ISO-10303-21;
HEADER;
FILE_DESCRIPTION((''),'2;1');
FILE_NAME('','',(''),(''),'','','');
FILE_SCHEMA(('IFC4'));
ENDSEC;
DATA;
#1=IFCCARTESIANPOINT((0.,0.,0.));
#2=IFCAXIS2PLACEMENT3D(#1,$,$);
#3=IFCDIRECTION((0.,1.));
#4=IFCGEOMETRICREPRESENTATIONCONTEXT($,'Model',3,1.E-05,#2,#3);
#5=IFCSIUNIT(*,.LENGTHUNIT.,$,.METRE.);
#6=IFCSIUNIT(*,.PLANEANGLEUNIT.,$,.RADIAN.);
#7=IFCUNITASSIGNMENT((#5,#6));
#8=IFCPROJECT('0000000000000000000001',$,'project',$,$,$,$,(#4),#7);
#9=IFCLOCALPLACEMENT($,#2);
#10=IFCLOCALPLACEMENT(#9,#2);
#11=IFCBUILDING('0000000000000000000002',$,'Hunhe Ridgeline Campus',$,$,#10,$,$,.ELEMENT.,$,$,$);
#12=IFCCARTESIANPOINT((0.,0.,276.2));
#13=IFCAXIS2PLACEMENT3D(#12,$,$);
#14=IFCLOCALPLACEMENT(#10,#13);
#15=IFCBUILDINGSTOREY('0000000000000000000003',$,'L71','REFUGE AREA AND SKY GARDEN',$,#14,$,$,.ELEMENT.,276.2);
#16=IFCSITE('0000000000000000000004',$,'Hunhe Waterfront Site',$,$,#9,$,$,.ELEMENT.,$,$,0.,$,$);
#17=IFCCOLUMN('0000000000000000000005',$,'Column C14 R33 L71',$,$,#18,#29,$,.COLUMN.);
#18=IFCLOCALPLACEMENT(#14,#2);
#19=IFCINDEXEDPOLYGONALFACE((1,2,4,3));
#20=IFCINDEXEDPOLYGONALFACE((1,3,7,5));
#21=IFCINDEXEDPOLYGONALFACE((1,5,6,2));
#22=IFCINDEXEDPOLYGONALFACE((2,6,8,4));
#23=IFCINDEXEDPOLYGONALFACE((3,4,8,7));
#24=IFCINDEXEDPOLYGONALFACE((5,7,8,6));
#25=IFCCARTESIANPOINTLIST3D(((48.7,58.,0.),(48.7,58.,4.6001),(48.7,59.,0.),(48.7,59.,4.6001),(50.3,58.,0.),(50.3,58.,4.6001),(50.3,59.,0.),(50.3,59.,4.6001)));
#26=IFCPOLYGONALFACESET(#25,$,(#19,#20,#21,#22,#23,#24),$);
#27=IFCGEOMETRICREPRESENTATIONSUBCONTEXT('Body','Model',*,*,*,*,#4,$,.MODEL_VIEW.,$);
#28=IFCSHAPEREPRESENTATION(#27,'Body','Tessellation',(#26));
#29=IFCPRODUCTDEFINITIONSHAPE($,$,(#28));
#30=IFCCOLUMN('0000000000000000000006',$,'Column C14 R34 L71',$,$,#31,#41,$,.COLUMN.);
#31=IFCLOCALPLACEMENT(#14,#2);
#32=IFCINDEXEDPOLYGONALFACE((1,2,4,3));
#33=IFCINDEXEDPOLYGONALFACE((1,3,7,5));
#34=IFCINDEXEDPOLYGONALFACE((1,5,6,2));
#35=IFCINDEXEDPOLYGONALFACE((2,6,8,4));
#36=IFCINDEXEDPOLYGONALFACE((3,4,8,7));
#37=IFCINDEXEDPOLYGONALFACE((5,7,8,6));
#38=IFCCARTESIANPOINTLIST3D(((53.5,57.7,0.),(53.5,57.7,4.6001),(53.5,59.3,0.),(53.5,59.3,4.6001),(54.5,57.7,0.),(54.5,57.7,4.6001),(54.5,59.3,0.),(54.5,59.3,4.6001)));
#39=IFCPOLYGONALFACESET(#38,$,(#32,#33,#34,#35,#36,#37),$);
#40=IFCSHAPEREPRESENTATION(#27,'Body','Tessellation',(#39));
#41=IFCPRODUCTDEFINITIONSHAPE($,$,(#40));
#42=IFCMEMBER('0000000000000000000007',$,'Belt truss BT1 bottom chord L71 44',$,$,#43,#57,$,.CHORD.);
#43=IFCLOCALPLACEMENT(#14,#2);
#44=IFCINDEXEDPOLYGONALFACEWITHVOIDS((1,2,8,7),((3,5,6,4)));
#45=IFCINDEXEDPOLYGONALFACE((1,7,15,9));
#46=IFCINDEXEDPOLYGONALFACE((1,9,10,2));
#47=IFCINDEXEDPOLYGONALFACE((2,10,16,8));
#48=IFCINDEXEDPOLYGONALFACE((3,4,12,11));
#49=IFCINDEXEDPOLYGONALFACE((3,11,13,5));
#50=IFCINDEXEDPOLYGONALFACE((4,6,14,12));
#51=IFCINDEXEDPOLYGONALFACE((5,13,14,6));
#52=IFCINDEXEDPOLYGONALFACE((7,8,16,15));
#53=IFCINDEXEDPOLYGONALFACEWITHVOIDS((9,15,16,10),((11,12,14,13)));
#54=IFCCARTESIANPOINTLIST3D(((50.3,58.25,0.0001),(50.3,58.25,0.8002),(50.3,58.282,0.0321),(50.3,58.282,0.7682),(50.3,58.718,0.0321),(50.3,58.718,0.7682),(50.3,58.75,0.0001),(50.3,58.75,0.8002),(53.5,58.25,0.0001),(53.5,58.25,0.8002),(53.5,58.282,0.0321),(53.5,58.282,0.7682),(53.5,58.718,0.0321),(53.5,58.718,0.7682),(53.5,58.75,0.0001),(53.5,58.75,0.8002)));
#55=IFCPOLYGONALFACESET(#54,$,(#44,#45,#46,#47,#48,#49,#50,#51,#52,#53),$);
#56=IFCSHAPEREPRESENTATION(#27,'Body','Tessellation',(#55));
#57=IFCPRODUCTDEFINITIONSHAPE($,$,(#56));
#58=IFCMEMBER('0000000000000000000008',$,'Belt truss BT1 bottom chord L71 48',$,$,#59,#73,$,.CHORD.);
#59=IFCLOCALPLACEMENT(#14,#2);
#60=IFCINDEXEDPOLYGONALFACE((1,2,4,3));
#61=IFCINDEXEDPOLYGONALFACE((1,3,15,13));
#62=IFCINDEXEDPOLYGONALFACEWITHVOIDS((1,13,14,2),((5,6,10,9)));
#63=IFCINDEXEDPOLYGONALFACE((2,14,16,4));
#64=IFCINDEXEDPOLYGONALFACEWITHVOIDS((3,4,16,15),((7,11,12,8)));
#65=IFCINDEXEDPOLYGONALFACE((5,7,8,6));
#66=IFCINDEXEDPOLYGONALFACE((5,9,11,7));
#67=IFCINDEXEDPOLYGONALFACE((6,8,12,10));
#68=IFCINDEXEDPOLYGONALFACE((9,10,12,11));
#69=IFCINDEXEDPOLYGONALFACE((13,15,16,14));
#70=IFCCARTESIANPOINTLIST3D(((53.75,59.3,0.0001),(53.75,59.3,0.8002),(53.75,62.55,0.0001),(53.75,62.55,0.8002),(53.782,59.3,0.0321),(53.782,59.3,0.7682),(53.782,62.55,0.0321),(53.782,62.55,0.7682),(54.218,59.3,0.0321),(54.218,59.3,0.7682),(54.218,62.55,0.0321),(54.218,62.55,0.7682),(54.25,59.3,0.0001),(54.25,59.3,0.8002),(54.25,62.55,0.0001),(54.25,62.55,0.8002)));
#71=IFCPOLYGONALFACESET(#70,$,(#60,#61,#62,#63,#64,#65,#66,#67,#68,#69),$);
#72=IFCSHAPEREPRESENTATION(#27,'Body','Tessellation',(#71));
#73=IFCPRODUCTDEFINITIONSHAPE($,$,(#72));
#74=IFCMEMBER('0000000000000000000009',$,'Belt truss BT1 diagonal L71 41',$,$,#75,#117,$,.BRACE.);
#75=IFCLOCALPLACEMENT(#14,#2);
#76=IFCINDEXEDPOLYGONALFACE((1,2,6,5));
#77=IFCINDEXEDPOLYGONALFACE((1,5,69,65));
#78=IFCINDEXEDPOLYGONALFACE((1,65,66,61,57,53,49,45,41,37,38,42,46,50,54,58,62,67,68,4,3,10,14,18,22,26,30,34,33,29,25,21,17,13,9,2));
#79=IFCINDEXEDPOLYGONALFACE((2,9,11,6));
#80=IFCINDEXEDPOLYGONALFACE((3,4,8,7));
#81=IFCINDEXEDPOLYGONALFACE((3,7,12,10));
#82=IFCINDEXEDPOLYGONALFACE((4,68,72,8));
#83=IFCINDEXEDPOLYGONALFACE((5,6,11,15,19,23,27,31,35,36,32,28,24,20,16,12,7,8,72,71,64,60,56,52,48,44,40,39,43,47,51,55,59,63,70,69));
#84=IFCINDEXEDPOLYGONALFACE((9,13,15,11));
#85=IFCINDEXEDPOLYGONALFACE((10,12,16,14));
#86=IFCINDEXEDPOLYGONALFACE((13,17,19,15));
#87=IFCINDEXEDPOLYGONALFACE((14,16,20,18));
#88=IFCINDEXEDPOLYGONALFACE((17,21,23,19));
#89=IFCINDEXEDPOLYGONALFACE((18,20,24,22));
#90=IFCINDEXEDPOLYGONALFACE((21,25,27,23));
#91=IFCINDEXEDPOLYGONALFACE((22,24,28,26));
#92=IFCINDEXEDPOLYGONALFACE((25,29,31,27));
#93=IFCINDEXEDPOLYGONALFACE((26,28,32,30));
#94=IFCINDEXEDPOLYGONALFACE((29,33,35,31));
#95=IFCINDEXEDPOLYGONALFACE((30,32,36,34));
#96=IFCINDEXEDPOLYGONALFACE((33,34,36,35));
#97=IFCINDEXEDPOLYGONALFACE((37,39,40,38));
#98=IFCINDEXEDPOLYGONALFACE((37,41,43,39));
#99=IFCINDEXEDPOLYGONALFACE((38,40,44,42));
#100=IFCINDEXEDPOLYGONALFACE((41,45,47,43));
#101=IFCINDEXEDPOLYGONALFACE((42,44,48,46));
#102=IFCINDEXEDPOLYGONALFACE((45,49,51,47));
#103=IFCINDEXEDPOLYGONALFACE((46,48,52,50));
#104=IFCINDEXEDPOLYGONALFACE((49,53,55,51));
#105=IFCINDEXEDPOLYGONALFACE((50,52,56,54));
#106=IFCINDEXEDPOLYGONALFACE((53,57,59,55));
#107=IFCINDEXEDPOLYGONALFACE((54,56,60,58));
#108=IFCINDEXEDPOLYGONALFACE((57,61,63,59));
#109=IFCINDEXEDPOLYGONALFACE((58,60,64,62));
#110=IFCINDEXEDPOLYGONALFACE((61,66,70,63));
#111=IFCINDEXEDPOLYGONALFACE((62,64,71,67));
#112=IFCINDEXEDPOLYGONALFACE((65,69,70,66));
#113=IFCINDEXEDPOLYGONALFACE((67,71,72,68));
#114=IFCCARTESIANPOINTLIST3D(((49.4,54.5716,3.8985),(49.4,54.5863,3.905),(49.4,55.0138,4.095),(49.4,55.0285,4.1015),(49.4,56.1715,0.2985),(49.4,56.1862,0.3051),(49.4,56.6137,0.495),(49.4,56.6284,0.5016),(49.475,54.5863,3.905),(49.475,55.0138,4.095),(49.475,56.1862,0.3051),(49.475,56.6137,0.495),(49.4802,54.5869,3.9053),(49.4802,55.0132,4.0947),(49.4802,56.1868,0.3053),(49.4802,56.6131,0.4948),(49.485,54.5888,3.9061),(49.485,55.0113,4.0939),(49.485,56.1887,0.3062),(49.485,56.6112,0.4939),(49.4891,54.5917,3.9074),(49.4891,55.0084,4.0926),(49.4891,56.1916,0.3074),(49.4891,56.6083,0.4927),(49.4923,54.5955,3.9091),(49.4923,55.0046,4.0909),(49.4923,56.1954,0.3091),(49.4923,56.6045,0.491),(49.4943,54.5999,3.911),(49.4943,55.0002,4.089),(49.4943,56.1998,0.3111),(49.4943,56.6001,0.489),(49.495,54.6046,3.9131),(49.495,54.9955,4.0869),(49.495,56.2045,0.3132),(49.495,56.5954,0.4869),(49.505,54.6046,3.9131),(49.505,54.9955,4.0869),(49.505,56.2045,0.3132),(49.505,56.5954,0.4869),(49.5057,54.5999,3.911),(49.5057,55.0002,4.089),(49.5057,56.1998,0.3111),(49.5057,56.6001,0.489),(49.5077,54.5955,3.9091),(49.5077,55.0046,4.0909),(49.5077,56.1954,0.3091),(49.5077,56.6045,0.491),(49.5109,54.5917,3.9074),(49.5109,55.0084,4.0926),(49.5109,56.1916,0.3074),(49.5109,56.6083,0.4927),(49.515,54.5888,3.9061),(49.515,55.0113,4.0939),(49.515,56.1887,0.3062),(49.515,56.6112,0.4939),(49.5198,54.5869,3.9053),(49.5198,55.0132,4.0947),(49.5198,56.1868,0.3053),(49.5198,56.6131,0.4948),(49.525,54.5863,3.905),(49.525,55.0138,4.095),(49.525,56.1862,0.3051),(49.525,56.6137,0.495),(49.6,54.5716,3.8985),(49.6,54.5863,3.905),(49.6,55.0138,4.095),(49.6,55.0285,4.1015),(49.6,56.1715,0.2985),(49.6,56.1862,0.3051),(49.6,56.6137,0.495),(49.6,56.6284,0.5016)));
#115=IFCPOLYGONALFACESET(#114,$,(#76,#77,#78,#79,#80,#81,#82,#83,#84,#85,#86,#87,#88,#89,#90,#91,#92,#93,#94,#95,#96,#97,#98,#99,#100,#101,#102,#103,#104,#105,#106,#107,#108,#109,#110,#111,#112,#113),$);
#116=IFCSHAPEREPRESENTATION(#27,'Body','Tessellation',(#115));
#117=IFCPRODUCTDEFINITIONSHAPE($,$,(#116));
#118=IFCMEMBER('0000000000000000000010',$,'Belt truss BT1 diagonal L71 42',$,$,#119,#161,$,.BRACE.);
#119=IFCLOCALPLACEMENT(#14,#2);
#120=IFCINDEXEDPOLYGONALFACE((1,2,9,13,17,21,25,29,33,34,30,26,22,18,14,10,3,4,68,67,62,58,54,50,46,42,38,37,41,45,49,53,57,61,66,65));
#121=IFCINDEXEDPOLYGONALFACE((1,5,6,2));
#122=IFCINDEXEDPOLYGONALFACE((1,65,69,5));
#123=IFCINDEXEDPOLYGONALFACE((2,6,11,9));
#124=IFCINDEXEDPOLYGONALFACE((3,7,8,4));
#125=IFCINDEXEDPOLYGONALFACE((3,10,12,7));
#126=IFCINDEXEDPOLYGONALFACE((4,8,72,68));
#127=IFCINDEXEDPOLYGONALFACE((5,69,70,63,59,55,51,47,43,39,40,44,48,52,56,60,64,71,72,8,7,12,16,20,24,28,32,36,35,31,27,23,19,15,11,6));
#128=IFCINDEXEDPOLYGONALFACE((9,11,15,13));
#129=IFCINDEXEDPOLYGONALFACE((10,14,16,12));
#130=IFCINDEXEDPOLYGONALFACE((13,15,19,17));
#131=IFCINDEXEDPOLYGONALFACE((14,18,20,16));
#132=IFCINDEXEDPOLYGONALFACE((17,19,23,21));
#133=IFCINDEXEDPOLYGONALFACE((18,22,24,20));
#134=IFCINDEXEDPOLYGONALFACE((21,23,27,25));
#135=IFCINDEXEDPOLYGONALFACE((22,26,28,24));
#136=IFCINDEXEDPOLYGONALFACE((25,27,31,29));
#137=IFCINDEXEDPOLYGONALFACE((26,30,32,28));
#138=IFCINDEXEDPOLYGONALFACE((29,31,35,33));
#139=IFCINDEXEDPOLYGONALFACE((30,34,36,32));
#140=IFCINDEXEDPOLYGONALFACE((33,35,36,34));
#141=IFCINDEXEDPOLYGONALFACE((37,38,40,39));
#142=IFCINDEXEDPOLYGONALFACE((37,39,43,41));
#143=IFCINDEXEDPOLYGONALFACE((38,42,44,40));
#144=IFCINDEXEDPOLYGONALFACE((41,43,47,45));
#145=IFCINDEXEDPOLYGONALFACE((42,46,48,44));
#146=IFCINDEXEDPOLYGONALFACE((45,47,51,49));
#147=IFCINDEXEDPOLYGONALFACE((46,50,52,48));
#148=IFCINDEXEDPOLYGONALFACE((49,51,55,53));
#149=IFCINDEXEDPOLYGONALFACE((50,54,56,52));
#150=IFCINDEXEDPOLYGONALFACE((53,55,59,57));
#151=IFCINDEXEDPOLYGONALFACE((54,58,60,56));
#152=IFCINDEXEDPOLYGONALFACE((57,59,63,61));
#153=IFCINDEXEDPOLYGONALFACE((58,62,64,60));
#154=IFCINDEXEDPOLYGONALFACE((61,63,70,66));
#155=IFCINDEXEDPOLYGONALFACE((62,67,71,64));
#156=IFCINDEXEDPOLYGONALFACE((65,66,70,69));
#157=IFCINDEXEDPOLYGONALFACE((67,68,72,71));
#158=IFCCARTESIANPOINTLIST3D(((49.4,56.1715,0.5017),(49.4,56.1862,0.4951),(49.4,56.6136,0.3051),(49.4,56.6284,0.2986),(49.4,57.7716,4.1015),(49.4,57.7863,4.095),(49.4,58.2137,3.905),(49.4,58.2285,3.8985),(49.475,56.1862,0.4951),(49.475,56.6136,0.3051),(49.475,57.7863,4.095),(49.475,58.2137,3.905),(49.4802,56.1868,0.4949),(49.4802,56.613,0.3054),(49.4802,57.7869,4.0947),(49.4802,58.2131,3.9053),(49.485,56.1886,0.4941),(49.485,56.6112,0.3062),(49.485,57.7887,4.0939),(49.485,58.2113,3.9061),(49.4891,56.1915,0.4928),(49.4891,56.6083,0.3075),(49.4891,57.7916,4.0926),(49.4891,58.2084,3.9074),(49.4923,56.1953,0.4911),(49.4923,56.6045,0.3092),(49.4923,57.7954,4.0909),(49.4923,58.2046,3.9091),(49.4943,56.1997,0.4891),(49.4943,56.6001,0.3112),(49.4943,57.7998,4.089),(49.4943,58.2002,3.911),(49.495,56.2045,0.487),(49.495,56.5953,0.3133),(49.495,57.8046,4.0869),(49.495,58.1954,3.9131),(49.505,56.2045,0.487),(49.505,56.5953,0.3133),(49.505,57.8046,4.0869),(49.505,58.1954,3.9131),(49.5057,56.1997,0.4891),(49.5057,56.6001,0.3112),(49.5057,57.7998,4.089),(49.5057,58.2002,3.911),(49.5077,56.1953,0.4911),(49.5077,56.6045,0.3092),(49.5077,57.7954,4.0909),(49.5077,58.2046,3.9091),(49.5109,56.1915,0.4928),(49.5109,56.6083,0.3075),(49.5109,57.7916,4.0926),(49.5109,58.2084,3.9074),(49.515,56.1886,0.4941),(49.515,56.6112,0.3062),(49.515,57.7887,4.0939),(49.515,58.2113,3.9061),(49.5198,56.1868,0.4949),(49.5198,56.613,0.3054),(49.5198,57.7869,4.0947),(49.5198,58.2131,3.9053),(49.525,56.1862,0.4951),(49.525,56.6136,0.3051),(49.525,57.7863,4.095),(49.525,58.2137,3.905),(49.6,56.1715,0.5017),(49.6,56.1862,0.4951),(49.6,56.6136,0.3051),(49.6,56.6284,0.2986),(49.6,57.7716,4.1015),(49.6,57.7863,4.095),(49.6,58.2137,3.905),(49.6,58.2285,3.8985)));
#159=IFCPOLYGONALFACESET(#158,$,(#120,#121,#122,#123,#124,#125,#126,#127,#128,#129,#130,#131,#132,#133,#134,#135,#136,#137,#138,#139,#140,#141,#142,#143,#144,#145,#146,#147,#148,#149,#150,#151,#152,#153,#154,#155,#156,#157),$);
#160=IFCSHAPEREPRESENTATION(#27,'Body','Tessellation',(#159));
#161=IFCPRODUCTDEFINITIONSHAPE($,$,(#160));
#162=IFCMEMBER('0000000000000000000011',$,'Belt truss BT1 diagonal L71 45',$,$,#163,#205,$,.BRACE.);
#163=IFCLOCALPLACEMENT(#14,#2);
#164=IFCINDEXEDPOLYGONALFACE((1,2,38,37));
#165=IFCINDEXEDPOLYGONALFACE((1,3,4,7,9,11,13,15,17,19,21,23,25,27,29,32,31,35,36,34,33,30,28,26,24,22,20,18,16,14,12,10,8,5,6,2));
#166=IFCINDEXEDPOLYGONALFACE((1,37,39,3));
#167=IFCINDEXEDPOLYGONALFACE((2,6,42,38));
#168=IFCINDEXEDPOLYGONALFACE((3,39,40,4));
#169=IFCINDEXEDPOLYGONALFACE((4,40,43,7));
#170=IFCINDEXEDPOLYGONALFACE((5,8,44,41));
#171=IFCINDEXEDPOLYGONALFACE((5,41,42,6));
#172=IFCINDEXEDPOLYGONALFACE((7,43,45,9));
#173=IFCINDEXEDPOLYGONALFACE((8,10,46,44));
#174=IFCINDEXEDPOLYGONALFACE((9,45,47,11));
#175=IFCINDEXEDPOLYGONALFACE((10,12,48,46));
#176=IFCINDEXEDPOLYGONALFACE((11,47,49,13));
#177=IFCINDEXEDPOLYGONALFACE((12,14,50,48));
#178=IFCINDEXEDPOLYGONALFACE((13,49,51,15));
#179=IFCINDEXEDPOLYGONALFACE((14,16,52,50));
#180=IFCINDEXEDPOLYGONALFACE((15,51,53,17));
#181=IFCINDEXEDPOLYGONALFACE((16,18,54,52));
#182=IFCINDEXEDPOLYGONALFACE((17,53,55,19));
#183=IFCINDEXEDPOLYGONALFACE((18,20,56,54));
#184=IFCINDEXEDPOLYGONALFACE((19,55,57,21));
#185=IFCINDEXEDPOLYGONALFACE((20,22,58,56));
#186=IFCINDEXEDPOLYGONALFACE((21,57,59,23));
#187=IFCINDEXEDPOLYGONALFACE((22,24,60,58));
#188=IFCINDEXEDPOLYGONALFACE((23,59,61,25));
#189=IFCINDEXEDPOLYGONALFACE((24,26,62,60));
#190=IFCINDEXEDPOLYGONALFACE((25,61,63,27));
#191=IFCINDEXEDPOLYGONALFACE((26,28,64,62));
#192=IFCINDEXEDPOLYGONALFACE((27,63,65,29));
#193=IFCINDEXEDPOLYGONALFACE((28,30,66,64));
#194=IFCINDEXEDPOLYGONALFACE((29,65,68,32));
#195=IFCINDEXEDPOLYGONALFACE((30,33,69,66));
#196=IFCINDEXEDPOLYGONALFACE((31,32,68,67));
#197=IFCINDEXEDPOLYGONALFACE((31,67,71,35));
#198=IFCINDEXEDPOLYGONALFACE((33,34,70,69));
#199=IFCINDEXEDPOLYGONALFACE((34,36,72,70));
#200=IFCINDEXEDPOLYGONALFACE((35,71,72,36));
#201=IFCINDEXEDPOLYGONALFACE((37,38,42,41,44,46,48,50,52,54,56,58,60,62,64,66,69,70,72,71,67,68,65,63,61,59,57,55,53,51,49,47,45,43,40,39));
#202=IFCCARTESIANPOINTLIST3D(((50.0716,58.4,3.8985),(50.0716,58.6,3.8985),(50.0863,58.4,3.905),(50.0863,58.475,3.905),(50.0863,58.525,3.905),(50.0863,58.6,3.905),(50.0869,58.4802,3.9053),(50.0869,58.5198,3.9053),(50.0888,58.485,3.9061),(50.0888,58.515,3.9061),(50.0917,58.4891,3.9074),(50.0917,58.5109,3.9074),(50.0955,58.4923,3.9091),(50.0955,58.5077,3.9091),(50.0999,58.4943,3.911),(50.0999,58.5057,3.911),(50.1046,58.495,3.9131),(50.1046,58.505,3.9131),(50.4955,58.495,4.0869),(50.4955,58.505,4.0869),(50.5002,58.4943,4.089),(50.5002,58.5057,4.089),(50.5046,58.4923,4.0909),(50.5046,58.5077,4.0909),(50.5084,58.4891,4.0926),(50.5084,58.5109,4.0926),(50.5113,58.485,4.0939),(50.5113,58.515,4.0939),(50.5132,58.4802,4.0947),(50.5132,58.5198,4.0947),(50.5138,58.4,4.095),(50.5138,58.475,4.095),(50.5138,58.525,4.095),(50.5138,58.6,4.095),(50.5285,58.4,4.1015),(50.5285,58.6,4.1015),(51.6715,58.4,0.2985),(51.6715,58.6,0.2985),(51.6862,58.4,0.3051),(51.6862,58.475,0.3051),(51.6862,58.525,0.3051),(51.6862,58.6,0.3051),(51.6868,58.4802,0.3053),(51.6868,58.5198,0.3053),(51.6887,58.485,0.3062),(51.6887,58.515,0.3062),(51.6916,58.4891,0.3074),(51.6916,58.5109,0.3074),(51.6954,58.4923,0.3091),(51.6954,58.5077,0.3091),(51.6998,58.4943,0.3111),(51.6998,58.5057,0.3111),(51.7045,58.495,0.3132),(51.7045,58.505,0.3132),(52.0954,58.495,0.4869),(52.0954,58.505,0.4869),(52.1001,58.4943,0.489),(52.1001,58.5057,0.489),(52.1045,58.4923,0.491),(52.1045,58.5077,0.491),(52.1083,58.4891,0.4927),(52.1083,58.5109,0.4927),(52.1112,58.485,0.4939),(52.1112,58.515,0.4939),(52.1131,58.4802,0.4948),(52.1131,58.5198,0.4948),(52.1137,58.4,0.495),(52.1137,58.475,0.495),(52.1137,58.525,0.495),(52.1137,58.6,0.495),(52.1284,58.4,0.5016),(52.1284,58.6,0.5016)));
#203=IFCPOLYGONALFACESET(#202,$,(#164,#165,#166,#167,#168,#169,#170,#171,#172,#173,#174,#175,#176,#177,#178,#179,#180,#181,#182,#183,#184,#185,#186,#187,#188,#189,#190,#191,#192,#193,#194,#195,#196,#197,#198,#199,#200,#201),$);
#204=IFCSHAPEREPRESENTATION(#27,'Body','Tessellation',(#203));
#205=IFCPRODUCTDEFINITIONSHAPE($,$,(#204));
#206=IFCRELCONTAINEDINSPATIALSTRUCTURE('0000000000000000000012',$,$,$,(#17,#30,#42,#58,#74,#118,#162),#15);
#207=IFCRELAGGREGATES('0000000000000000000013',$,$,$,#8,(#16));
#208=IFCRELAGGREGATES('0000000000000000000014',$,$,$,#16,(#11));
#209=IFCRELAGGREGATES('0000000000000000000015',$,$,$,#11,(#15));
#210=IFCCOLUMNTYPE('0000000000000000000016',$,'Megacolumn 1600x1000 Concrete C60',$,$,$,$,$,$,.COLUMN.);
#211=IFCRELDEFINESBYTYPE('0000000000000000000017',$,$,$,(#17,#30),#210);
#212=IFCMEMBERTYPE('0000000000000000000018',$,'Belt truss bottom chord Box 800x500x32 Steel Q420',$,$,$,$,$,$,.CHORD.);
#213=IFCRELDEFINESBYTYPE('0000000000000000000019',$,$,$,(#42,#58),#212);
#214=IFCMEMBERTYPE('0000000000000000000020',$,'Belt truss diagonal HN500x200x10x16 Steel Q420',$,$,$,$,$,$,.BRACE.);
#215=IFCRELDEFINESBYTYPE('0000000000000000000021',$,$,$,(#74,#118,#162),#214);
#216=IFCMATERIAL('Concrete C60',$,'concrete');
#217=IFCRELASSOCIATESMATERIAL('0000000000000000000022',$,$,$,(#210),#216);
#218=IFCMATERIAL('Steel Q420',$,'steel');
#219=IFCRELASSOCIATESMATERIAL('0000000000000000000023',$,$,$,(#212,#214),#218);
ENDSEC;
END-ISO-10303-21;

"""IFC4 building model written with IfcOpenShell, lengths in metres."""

from ifc_helpers import new_model, si_unit, direction, frame, origin, origin_2d, place, context, subcontext, project, spatial, rectangle, hollow_rectangle, i_section, extrude, material, material_profile, profile_set, type_object, element, save


model = new_model("IFC4")

# Units and contexts
model_context = context("Model", 3, precision=1e-05, world=origin(), true_north=direction((0.0, 1.0)))
body_context = subcontext(model_context, "Body", "Model", "MODEL_VIEW")
ifc_project = project(units=[si_unit("LENGTHUNIT", "METRE"), si_unit("PLANEANGLEUNIT", "RADIAN")], contexts=[model_context])

# Site, building, storey
site_placement = place(None, origin())
site = spatial("IfcSite", under=ifc_project, at=site_placement, Name="Hunhe Waterfront Site", CompositionType="ELEMENT", RefElevation=0.0)
building_placement = place(site_placement, origin())
building = spatial("IfcBuilding", under=site, at=building_placement, Name="Hunhe Ridgeline Campus", CompositionType="ELEMENT")
storey_placement = place(building_placement, frame((0.0, 0.0, 276.2)))
storey = spatial("IfcBuildingStorey", under=building, at=storey_placement, Name="L71", Description="REFUGE AREA AND SKY GARDEN", CompositionType="ELEMENT", Elevation=276.2)

# Columns
ifc_material_1 = material(Name="Concrete C60", Category="concrete")
ifc_material_profile_1 = material_profile(ifc_material_1, rectangle(XDim=1.6001, YDim=1.0, at=origin_2d()))
ifc_profile_set_1 = profile_set([ifc_material_profile_1], Name="Concrete C60")
column_type = type_object("IfcColumnType", Name="Megacolumn 1600x1000 Concrete C60", PredefinedType="COLUMN", material=ifc_profile_set_1)
for number, where, z_axis, x_axis, name in (
    (1, (49.5, 58.5, 0.0), (0.0, 0.0, 1.0), (1.0, 0.0, 0.0), "Column C14 R33 L71"),
    (2, (54.0, 58.5, 0.0), (0.0, 0.0, 1.0), (0.0, 1.0, 0.0), "Column C14 R34 L71"),
):
    element("IfcColumn", number, at=place(storey_placement, frame(where, z_axis=z_axis, x_axis=x_axis)), inside=storey, type_object=column_type, Name=name, PredefinedType="COLUMN", context=body_context, shape_type="SweptSolid", body=[
        extrude(rectangle(XDim=1.6001, YDim=1.0, at=origin_2d()), origin(), (0.0, 0.0, 1.0), 4.6001),
    ])

# Members
ifc_material_2 = material(Name="Steel Q420", Category="steel")
ifc_material_profile_2 = material_profile(ifc_material_2, hollow_rectangle(XDim=0.5, YDim=0.8, WallThickness=0.032, at=origin_2d()))
ifc_profile_set_2 = profile_set([ifc_material_profile_2], Name="Steel Q420")
member_type_1 = type_object("IfcMemberType", Name="Belt truss bottom chord Box 800x500x32 Steel Q420", PredefinedType="CHORD", material=ifc_profile_set_2)
member_1_placement = place(storey_placement, frame((50.3, 58.5, 0.4001), z_axis=(1.0, 0.0, 0.0), x_axis=(0.0, 1.0, 0.0)))
element("IfcMember", 3, at=member_1_placement, inside=storey, type_object=member_type_1, Name="Belt truss BT1 bottom chord L71 44", PredefinedType="CHORD", context=body_context, shape_type="SweptSolid", body=[
    extrude(hollow_rectangle(XDim=0.5, YDim=0.8, WallThickness=0.032, at=origin_2d()), origin(), (0.0, 0.0, 1.0), 3.2),
])
member_2_placement = place(storey_placement, frame((54.0, 59.3, 0.4001), z_axis=(0.0, 1.0, 0.0), x_axis=(-1.0, 0.0, 0.0)))
element("IfcMember", 4, at=member_2_placement, inside=storey, type_object=member_type_1, Name="Belt truss BT1 bottom chord L71 48", PredefinedType="CHORD", context=body_context, shape_type="SweptSolid", body=[
    extrude(hollow_rectangle(XDim=0.5, YDim=0.8, WallThickness=0.032, at=origin_2d()), origin(), (0.0, 0.0, 1.0), 3.25),
])
ifc_material_profile_3 = material_profile(ifc_material_2, i_section(OverallWidth=0.2, OverallDepth=0.5, WebThickness=0.01, FlangeThickness=0.0161, FilletRadius=0.02, at=origin_2d()))
ifc_profile_set_3 = profile_set([ifc_material_profile_3], Name="Steel Q420")
member_type_2 = type_object("IfcMemberType", Name="Belt truss diagonal HN500x200x10x16 Steel Q420", PredefinedType="BRACE", material=ifc_profile_set_3)
for number, where, z_axis, x_axis, name in (
    (5, (49.5, 54.8, 4.0), (0.0, 0.406121, -0.913819), (-1.0, 0.0, 0.0), "Belt truss BT1 diagonal L71 41"),
    (6, (49.5, 56.3999, 0.4001), (0.0, 0.406173, 0.913796), (-1.0, 0.0, 0.0), "Belt truss BT1 diagonal L71 42"),
    (7, (50.3, 58.5, 4.0), (0.406121, 0.0, -0.913819), (0.0, 1.0, 0.0), "Belt truss BT1 diagonal L71 45"),
):
    element("IfcMember", number, at=place(storey_placement, frame(where, z_axis=z_axis, x_axis=x_axis)), inside=storey, type_object=member_type_2, Name=name, PredefinedType="BRACE", context=body_context, shape_type="SweptSolid", body=[
        extrude(i_section(OverallWidth=0.2, OverallDepth=0.5, WebThickness=0.01, FlangeThickness=0.0161, FilletRadius=0.02, at=origin_2d()), origin(), (0.0, 0.0, 1.0), 3.9395),
    ])

save(model, "model.ifc")
